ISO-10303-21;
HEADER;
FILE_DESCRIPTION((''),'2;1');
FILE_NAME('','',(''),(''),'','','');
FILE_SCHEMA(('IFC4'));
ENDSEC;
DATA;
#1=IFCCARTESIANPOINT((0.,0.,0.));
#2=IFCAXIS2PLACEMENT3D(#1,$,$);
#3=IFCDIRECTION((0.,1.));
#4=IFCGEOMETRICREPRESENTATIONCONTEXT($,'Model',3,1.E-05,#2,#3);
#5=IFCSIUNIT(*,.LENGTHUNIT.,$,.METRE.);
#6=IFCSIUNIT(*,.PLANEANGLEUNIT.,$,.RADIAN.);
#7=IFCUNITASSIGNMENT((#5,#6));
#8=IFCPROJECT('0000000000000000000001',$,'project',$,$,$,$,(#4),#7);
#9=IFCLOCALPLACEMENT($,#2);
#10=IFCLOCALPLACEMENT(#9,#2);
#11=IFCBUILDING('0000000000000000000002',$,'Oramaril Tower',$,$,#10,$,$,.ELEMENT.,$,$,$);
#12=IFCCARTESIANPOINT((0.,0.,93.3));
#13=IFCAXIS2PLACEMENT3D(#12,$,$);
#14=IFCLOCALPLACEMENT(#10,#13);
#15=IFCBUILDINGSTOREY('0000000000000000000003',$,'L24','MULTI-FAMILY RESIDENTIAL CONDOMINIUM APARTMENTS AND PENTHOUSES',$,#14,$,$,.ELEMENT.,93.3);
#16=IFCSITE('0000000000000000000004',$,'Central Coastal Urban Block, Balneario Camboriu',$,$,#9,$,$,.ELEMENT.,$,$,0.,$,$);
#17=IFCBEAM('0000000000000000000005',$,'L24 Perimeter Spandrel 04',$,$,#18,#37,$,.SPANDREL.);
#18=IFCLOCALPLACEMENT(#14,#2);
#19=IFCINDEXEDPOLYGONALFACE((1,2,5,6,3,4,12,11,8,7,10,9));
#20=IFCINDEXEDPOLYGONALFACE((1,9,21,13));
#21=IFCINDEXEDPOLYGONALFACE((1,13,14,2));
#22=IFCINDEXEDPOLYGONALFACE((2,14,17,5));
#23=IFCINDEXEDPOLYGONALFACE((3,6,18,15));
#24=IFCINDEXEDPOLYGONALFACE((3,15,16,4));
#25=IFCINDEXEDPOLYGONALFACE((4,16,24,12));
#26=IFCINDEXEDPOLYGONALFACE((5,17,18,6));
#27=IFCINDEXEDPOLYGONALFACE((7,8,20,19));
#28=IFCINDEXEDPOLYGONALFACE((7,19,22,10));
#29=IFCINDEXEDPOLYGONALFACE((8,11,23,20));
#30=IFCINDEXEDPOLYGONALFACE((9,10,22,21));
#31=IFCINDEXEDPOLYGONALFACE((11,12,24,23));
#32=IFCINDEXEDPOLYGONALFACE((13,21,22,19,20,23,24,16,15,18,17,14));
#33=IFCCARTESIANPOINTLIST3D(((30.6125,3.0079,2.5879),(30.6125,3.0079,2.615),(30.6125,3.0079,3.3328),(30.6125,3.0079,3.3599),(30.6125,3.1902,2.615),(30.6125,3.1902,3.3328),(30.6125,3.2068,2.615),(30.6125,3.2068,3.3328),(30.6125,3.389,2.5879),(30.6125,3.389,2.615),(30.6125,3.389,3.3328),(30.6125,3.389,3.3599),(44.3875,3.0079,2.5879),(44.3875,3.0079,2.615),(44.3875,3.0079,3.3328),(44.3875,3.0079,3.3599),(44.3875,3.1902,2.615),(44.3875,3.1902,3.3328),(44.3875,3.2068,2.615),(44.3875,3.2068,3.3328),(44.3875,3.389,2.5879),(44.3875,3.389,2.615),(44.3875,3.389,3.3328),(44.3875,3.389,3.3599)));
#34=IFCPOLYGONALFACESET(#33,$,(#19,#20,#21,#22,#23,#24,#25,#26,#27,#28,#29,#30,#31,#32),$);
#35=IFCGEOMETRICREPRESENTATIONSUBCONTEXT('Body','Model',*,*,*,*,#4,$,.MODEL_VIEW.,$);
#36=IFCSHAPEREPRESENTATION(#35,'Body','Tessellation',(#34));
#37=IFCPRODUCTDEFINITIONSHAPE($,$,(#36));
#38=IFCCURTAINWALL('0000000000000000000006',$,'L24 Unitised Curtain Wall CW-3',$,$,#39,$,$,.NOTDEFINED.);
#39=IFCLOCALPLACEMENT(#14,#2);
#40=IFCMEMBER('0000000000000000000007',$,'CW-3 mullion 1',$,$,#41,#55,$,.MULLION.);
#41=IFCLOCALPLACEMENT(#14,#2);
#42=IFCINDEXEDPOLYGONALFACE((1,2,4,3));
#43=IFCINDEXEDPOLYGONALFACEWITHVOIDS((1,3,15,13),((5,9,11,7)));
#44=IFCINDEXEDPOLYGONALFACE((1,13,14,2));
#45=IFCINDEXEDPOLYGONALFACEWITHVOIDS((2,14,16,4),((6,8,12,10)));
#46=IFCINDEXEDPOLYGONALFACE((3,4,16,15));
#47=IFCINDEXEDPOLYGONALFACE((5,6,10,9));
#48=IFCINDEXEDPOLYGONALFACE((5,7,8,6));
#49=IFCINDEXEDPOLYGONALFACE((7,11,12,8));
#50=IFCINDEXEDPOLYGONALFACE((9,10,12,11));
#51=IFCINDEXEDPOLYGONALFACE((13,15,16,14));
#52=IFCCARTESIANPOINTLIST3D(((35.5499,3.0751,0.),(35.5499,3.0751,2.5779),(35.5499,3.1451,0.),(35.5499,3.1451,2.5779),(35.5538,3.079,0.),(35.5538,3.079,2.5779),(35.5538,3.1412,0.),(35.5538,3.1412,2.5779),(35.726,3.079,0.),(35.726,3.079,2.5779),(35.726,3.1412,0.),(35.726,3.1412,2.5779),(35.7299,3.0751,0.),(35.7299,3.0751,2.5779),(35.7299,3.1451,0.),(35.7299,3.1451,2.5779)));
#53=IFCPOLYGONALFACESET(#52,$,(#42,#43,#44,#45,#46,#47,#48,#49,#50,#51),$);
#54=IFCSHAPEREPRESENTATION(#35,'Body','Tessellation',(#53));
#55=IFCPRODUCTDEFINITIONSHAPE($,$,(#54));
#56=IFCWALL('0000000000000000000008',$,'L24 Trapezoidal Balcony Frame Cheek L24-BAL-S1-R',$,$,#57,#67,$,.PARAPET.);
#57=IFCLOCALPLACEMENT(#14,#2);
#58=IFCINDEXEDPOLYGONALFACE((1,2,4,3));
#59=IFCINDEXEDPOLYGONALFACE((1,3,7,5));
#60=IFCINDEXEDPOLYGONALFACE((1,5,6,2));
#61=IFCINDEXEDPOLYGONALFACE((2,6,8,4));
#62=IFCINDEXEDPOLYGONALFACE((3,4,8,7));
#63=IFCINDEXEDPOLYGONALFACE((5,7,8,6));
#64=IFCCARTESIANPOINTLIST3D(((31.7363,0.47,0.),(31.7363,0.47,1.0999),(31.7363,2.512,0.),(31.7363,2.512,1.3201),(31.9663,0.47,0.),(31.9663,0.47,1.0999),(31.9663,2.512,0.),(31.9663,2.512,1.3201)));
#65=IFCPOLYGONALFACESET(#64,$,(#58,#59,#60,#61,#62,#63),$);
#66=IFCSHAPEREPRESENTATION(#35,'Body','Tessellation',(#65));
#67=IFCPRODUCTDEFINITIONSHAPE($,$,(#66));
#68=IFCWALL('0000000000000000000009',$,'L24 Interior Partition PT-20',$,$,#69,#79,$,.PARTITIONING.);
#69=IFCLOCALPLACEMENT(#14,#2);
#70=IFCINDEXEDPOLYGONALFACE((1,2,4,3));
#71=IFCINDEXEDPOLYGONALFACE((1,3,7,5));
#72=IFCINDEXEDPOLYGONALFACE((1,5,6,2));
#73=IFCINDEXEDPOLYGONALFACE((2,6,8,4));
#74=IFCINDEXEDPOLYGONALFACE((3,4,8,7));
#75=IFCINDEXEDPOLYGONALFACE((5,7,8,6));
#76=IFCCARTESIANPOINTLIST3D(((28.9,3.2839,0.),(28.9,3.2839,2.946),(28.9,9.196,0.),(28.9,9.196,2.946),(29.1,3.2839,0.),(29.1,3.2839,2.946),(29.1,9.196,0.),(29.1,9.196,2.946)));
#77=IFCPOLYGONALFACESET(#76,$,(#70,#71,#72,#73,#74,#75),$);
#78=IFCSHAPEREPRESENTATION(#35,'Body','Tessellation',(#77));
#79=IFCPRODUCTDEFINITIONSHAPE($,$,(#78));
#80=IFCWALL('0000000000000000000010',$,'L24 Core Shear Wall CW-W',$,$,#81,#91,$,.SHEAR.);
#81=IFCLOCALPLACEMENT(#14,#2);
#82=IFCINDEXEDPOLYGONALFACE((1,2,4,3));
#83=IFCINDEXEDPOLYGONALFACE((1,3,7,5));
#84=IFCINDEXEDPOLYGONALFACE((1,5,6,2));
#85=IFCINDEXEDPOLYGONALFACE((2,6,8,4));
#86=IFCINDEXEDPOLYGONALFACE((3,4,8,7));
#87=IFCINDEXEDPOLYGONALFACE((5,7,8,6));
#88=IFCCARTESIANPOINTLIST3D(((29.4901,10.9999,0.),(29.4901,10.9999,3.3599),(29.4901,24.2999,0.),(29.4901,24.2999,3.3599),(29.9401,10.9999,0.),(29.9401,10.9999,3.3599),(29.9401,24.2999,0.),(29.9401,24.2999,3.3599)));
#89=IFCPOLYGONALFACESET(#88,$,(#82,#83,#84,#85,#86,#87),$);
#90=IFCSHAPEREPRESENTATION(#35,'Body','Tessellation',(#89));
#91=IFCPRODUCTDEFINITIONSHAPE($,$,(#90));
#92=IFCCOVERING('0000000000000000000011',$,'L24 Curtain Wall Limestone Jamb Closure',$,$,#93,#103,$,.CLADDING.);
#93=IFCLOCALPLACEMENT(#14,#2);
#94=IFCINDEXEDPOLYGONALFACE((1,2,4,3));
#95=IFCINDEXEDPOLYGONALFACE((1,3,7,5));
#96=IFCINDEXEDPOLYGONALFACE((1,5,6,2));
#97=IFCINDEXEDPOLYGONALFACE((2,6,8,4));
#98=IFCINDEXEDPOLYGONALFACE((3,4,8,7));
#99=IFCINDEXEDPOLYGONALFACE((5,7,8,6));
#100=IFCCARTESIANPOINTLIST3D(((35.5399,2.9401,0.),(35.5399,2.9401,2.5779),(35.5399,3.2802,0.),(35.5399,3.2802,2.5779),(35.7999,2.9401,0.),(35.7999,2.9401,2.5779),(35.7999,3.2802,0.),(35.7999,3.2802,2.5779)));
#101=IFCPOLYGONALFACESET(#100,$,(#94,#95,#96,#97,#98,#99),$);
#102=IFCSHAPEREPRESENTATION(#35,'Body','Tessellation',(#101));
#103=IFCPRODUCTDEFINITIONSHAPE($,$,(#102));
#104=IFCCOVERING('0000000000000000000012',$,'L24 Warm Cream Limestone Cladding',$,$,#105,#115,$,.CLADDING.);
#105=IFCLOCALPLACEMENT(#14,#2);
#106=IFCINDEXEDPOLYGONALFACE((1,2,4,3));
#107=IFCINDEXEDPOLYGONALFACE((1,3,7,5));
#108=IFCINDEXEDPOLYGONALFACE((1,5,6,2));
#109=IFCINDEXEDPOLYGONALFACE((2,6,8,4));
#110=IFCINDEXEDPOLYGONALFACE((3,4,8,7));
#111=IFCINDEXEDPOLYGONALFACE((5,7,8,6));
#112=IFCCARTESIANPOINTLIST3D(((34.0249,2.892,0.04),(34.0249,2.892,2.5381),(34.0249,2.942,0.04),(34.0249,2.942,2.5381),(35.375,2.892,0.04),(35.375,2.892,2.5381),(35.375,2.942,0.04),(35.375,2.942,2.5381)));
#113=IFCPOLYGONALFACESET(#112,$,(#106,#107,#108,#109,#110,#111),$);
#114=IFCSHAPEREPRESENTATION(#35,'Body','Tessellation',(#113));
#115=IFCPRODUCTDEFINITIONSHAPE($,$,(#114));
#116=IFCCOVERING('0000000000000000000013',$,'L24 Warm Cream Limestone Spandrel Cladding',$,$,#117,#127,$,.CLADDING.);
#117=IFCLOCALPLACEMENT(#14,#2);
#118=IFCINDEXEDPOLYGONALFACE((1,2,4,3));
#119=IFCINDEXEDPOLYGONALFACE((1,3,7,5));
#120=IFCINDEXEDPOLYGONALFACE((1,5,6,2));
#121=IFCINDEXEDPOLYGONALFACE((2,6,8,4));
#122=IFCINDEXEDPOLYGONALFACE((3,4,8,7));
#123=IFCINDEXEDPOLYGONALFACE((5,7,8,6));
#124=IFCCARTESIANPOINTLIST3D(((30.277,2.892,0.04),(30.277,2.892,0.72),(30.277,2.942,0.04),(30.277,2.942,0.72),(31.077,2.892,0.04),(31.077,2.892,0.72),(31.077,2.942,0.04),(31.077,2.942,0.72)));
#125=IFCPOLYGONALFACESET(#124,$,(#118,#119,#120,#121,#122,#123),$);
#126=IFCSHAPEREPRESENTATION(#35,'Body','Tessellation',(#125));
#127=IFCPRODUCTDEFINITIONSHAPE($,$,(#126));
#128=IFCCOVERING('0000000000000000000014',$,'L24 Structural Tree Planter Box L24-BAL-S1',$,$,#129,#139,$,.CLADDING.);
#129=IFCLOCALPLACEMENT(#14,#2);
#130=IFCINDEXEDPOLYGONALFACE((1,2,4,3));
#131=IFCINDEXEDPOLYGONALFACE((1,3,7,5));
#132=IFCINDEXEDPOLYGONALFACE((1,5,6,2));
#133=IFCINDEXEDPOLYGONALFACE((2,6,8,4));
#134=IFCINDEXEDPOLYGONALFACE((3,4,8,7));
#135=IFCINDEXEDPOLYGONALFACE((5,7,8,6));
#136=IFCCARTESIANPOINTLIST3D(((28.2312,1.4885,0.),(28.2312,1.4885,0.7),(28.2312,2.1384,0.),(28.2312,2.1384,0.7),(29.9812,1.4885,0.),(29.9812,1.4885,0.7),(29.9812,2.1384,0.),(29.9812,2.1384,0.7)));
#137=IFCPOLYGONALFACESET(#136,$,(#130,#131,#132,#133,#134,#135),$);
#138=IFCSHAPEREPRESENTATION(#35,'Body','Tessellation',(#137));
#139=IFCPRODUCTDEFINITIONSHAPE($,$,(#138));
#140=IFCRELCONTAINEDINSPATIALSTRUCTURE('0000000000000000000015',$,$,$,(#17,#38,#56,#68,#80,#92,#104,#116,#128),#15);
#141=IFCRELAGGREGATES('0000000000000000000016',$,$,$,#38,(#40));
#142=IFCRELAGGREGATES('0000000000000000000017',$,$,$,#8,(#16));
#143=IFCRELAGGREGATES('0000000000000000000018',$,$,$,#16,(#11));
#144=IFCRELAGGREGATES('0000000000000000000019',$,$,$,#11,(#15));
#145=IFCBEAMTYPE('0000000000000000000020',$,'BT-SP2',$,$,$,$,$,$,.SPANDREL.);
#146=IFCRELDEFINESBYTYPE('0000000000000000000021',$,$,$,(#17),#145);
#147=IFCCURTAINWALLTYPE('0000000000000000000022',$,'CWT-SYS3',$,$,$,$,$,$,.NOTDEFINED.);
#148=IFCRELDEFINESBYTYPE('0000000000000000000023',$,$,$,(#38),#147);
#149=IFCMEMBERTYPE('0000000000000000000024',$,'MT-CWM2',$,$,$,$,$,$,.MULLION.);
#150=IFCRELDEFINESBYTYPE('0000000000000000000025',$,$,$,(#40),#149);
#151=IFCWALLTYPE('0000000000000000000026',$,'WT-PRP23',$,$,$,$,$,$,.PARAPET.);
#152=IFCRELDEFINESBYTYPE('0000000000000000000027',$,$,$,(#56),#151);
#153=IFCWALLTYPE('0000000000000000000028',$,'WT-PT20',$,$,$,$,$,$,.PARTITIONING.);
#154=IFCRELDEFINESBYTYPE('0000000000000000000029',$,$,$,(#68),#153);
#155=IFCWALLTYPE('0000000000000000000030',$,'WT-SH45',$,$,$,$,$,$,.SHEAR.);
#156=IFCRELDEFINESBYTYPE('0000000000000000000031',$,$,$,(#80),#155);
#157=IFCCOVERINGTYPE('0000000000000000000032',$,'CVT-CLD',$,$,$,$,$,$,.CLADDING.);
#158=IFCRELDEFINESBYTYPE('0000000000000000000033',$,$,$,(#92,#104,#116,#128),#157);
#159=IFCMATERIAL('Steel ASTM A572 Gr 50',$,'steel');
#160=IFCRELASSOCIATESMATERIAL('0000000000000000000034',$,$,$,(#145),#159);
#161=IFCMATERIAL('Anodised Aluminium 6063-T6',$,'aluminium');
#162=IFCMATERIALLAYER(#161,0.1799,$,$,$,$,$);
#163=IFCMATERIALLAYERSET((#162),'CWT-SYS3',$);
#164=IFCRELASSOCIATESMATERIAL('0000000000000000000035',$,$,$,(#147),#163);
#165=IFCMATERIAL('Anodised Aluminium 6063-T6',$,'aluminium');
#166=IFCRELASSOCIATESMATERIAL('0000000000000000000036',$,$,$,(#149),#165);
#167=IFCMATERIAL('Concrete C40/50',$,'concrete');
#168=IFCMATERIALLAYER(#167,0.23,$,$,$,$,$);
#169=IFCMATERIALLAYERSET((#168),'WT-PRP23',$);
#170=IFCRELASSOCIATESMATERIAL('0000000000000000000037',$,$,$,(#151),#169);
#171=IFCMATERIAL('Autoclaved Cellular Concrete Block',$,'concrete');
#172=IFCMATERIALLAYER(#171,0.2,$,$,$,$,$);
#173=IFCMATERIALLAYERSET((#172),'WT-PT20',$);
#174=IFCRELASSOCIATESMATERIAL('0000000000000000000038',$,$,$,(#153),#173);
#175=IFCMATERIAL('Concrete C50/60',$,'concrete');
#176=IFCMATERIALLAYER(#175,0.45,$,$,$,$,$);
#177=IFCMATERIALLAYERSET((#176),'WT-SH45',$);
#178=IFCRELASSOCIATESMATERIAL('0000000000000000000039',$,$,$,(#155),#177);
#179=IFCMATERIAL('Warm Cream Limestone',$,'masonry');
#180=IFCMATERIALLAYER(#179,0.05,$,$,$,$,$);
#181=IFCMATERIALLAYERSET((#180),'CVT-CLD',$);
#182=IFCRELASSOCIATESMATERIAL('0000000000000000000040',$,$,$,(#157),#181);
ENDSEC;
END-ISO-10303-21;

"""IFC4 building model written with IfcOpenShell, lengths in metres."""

from ifc_helpers import new_model, si_unit, direction, frame, frame_2d, origin, origin_2d, place, context, subcontext, project, spatial, polyline, rectangle, hollow_rectangle, i_section, outline, extrude, material, layer, layer_set, material_profile, profile_set, type_object, element, aggregate, save


model = new_model("IFC4")

# Units and contexts
model_context = context("Model", 3, precision=1e-05, world=origin(), true_north=direction((0.0, 1.0)))
body_context = subcontext(model_context, "Body", "Model", "MODEL_VIEW")
ifc_project = project(units=[si_unit("LENGTHUNIT", "METRE"), si_unit("PLANEANGLEUNIT", "RADIAN")], contexts=[model_context])

# Site, building, storey
site_placement = place(None, origin())
site = spatial("IfcSite", under=ifc_project, at=site_placement, Name="Central Coastal Urban Block, Balneario Camboriu", CompositionType="ELEMENT", RefElevation=0.0)
building_placement = place(site_placement, origin())
building = spatial("IfcBuilding", under=site, at=building_placement, Name="Oramaril Tower", CompositionType="ELEMENT")
storey_placement = place(building_placement, frame((0.0, 0.0, 93.3)))
storey = spatial("IfcBuildingStorey", under=building, at=storey_placement, Name="L24", Description="MULTI-FAMILY RESIDENTIAL CONDOMINIUM APARTMENTS AND PENTHOUSES", CompositionType="ELEMENT", Elevation=93.3)

# Beam
ifc_material_1 = material(Name="Steel ASTM A572 Gr 50", Category="steel")
ifc_material_profile_1 = material_profile(ifc_material_1, i_section(OverallWidth=0.3811, OverallDepth=0.772, WebThickness=0.0166, FlangeThickness=0.0271, at=origin_2d()), Name="W30X173")
ifc_profile_set_1 = profile_set([ifc_material_profile_1], Name="Steel ASTM A572 Gr 50")
beam_type_1 = type_object("IfcBeamType", Name="BT-SP2", PredefinedType="SPANDREL", material=ifc_profile_set_1)
beam_1_placement = place(storey_placement, frame((30.6125, 3.1985, 2.9739), z_axis=(1.0, 0.0, 0.0), x_axis=(0.0, 1.0, 0.0)))
element("IfcBeam", 1, at=beam_1_placement, inside=storey, type_object=beam_type_1, Name="L24 Perimeter Spandrel 04", PredefinedType="SPANDREL", context=body_context, shape_type="SweptSolid", body=[
    extrude(i_section(OverallWidth=0.3811, OverallDepth=0.772, WebThickness=0.0166, FlangeThickness=0.0271, at=origin_2d()), origin(), (0.0, 0.0, 1.0), 13.7749),
])

# Curtain wall, member
ifc_material_2 = material(Name="Anodised Aluminium 6063-T6", Category="aluminium")
ifc_layer_1 = layer(ifc_material_2, 0.1799)
ifc_layer_set_1 = layer_set([ifc_layer_1], Name="CWT-SYS3")
curtain_wall_type = type_object("IfcCurtainWallType", Name="CWT-SYS3", PredefinedType="NOTDEFINED", material=ifc_layer_set_1)
curtain_wall_placement = place(storey_placement, origin())
curtain_wall = element("IfcCurtainWall", 2, at=curtain_wall_placement, inside=storey, type_object=curtain_wall_type, Name="L24 Unitised Curtain Wall CW-3", PredefinedType="NOTDEFINED")
ifc_material_3 = material(Name="Anodised Aluminium 6063-T6", Category="aluminium")
ifc_material_profile_2 = material_profile(ifc_material_3, hollow_rectangle(XDim=0.0701, YDim=0.1799, WallThickness=0.0039, at=origin_2d()), Name="CWM180X70")
ifc_profile_set_2 = profile_set([ifc_material_profile_2], Name="Anodised Aluminium 6063-T6")
member_type = type_object("IfcMemberType", Name="MT-CWM2", PredefinedType="MULLION", material=ifc_profile_set_2)
member_placement = place(storey_placement, frame((35.6399, 3.1101, 0.0), z_axis=(0.0, 0.0, 1.0), x_axis=(0.0, 1.0, 0.0)))
member = element("IfcMember", 3, at=member_placement, type_object=member_type, Name="CW-3 mullion 1", PredefinedType="MULLION", context=body_context, shape_type="SweptSolid", body=[
    extrude(hollow_rectangle(XDim=0.0701, YDim=0.1799, WallThickness=0.0039, at=origin_2d()), origin(), (0.0, 0.0, 1.0), 2.5779),
])
aggregate(curtain_wall, [member])

# Walls
ifc_material_4 = material(Name="Concrete C40/50", Category="concrete")
ifc_layer_2 = layer(ifc_material_4, 0.23)
ifc_layer_set_2 = layer_set([ifc_layer_2], Name="WT-PRP23")
wall_type_1 = type_object("IfcWallType", Name="WT-PRP23", PredefinedType="PARAPET", material=ifc_layer_set_2)
wall_1_placement = place(storey_placement, frame((31.8513, 2.512, 0.0), z_axis=(0.0, 0.0, 1.0), x_axis=(0.0, -1.0, 0.0)))
element("IfcWall", 4, at=wall_1_placement, inside=storey, type_object=wall_type_1, Name="L24 Trapezoidal Balcony Frame Cheek L24-BAL-S1-R", PredefinedType="PARAPET", context=body_context, shape_type="SweptSolid", body=[
    extrude(outline(polyline([(0.0, 0.0), (2.042, 0.0), (2.042, 1.0999), (0.0, 1.3201), (0.0, 0.0)])), frame((0.0, 0.115, 0.0), z_axis=(0.0, -1.0, 0.0), x_axis=(1.0, 0.0, 0.0)), (0.0, 0.0, 1.0), 0.23),
])
ifc_material_5 = material(Name="Autoclaved Cellular Concrete Block", Category="concrete")
ifc_layer_3 = layer(ifc_material_5, 0.2)
ifc_layer_set_3 = layer_set([ifc_layer_3], Name="WT-PT20")
wall_type_2 = type_object("IfcWallType", Name="WT-PT20", PredefinedType="PARTITIONING", material=ifc_layer_set_3)
wall_2_placement = place(storey_placement, frame((29.0, 3.2839, 0.0), z_axis=(0.0, 0.0, 1.0), x_axis=(0.0, 1.0, 0.0)))
element("IfcWall", 5, at=wall_2_placement, inside=storey, type_object=wall_type_2, Name="L24 Interior Partition PT-20", PredefinedType="PARTITIONING", context=body_context, shape_type="SweptSolid", body=[
    extrude(rectangle(XDim=5.9121, YDim=0.2, at=frame_2d((2.9561, 0.0))), origin(), (0.0, 0.0, 1.0), 2.946),
])
ifc_material_6 = material(Name="Concrete C50/60", Category="concrete")
ifc_layer_4 = layer(ifc_material_6, 0.45)
ifc_layer_set_4 = layer_set([ifc_layer_4], Name="WT-SH45")
wall_type_3 = type_object("IfcWallType", Name="WT-SH45", PredefinedType="SHEAR", material=ifc_layer_set_4)
wall_3_placement = place(storey_placement, frame((29.7151, 11.0, 0.0), z_axis=(0.0, 0.0, 1.0), x_axis=(0.0, 1.0, 0.0)))
element("IfcWall", 6, at=wall_3_placement, inside=storey, type_object=wall_type_3, Name="L24 Core Shear Wall CW-W", PredefinedType="SHEAR", context=body_context, shape_type="SweptSolid", body=[
    extrude(rectangle(XDim=13.3, YDim=0.45, at=frame_2d((6.6499, 0.0))), origin(), (0.0, 0.0, 1.0), 3.3599),
])

# Coverings
ifc_material_7 = material(Name="Warm Cream Limestone", Category="masonry")
ifc_layer_5 = layer(ifc_material_7, 0.05)
ifc_layer_set_5 = layer_set([ifc_layer_5], Name="CVT-CLD")
covering_type = type_object("IfcCoveringType", Name="CVT-CLD", PredefinedType="CLADDING", material=ifc_layer_set_5)
covering_1_placement = place(storey_placement, frame((35.6699, 3.1101, 0.0), z_axis=(0.0, 0.0, 1.0), x_axis=(1.0, 0.0, 0.0)))
element("IfcCovering", 7, at=covering_1_placement, inside=storey, type_object=covering_type, Name="L24 Curtain Wall Limestone Jamb Closure", PredefinedType="CLADDING", context=body_context, shape_type="SweptSolid", body=[
    extrude(rectangle(XDim=0.26, YDim=0.3401, at=origin_2d()), origin(), (0.0, 0.0, 1.0), 2.5779),
])
covering_2_placement = place(storey_placement, frame((34.7, 2.917, 0.04), z_axis=(0.0, 0.0, 1.0), x_axis=(1.0, 0.0, 0.0)))
element("IfcCovering", 8, at=covering_2_placement, inside=storey, type_object=covering_type, Name="L24 Warm Cream Limestone Cladding", PredefinedType="CLADDING", context=body_context, shape_type="SweptSolid", body=[
    extrude(rectangle(XDim=1.3501, YDim=0.05, at=origin_2d()), origin(), (0.0, 0.0, 1.0), 2.498),
])
covering_3_placement = place(storey_placement, frame((30.677, 2.917, 0.04), z_axis=(0.0, 0.0, 1.0), x_axis=(1.0, 0.0, 0.0)))
element("IfcCovering", 9, at=covering_3_placement, inside=storey, type_object=covering_type, Name="L24 Warm Cream Limestone Spandrel Cladding", PredefinedType="CLADDING", context=body_context, shape_type="SweptSolid", body=[
    extrude(rectangle(XDim=0.8, YDim=0.05, at=origin_2d()), origin(), (0.0, 0.0, 1.0), 0.6799),
])
covering_4_placement = place(storey_placement, frame((29.1062, 1.8135, 0.0), z_axis=(0.0, 0.0, 1.0), x_axis=(1.0, 0.0, 0.0)))
element("IfcCovering", 10, at=covering_4_placement, inside=storey, type_object=covering_type, Name="L24 Structural Tree Planter Box L24-BAL-S1", PredefinedType="CLADDING", context=body_context, shape_type="SweptSolid", body=[
    extrude(rectangle(XDim=1.75, YDim=0.6499, at=origin_2d()), origin(), (0.0, 0.0, 1.0), 0.7),
])

save(model, "model.ifc")
